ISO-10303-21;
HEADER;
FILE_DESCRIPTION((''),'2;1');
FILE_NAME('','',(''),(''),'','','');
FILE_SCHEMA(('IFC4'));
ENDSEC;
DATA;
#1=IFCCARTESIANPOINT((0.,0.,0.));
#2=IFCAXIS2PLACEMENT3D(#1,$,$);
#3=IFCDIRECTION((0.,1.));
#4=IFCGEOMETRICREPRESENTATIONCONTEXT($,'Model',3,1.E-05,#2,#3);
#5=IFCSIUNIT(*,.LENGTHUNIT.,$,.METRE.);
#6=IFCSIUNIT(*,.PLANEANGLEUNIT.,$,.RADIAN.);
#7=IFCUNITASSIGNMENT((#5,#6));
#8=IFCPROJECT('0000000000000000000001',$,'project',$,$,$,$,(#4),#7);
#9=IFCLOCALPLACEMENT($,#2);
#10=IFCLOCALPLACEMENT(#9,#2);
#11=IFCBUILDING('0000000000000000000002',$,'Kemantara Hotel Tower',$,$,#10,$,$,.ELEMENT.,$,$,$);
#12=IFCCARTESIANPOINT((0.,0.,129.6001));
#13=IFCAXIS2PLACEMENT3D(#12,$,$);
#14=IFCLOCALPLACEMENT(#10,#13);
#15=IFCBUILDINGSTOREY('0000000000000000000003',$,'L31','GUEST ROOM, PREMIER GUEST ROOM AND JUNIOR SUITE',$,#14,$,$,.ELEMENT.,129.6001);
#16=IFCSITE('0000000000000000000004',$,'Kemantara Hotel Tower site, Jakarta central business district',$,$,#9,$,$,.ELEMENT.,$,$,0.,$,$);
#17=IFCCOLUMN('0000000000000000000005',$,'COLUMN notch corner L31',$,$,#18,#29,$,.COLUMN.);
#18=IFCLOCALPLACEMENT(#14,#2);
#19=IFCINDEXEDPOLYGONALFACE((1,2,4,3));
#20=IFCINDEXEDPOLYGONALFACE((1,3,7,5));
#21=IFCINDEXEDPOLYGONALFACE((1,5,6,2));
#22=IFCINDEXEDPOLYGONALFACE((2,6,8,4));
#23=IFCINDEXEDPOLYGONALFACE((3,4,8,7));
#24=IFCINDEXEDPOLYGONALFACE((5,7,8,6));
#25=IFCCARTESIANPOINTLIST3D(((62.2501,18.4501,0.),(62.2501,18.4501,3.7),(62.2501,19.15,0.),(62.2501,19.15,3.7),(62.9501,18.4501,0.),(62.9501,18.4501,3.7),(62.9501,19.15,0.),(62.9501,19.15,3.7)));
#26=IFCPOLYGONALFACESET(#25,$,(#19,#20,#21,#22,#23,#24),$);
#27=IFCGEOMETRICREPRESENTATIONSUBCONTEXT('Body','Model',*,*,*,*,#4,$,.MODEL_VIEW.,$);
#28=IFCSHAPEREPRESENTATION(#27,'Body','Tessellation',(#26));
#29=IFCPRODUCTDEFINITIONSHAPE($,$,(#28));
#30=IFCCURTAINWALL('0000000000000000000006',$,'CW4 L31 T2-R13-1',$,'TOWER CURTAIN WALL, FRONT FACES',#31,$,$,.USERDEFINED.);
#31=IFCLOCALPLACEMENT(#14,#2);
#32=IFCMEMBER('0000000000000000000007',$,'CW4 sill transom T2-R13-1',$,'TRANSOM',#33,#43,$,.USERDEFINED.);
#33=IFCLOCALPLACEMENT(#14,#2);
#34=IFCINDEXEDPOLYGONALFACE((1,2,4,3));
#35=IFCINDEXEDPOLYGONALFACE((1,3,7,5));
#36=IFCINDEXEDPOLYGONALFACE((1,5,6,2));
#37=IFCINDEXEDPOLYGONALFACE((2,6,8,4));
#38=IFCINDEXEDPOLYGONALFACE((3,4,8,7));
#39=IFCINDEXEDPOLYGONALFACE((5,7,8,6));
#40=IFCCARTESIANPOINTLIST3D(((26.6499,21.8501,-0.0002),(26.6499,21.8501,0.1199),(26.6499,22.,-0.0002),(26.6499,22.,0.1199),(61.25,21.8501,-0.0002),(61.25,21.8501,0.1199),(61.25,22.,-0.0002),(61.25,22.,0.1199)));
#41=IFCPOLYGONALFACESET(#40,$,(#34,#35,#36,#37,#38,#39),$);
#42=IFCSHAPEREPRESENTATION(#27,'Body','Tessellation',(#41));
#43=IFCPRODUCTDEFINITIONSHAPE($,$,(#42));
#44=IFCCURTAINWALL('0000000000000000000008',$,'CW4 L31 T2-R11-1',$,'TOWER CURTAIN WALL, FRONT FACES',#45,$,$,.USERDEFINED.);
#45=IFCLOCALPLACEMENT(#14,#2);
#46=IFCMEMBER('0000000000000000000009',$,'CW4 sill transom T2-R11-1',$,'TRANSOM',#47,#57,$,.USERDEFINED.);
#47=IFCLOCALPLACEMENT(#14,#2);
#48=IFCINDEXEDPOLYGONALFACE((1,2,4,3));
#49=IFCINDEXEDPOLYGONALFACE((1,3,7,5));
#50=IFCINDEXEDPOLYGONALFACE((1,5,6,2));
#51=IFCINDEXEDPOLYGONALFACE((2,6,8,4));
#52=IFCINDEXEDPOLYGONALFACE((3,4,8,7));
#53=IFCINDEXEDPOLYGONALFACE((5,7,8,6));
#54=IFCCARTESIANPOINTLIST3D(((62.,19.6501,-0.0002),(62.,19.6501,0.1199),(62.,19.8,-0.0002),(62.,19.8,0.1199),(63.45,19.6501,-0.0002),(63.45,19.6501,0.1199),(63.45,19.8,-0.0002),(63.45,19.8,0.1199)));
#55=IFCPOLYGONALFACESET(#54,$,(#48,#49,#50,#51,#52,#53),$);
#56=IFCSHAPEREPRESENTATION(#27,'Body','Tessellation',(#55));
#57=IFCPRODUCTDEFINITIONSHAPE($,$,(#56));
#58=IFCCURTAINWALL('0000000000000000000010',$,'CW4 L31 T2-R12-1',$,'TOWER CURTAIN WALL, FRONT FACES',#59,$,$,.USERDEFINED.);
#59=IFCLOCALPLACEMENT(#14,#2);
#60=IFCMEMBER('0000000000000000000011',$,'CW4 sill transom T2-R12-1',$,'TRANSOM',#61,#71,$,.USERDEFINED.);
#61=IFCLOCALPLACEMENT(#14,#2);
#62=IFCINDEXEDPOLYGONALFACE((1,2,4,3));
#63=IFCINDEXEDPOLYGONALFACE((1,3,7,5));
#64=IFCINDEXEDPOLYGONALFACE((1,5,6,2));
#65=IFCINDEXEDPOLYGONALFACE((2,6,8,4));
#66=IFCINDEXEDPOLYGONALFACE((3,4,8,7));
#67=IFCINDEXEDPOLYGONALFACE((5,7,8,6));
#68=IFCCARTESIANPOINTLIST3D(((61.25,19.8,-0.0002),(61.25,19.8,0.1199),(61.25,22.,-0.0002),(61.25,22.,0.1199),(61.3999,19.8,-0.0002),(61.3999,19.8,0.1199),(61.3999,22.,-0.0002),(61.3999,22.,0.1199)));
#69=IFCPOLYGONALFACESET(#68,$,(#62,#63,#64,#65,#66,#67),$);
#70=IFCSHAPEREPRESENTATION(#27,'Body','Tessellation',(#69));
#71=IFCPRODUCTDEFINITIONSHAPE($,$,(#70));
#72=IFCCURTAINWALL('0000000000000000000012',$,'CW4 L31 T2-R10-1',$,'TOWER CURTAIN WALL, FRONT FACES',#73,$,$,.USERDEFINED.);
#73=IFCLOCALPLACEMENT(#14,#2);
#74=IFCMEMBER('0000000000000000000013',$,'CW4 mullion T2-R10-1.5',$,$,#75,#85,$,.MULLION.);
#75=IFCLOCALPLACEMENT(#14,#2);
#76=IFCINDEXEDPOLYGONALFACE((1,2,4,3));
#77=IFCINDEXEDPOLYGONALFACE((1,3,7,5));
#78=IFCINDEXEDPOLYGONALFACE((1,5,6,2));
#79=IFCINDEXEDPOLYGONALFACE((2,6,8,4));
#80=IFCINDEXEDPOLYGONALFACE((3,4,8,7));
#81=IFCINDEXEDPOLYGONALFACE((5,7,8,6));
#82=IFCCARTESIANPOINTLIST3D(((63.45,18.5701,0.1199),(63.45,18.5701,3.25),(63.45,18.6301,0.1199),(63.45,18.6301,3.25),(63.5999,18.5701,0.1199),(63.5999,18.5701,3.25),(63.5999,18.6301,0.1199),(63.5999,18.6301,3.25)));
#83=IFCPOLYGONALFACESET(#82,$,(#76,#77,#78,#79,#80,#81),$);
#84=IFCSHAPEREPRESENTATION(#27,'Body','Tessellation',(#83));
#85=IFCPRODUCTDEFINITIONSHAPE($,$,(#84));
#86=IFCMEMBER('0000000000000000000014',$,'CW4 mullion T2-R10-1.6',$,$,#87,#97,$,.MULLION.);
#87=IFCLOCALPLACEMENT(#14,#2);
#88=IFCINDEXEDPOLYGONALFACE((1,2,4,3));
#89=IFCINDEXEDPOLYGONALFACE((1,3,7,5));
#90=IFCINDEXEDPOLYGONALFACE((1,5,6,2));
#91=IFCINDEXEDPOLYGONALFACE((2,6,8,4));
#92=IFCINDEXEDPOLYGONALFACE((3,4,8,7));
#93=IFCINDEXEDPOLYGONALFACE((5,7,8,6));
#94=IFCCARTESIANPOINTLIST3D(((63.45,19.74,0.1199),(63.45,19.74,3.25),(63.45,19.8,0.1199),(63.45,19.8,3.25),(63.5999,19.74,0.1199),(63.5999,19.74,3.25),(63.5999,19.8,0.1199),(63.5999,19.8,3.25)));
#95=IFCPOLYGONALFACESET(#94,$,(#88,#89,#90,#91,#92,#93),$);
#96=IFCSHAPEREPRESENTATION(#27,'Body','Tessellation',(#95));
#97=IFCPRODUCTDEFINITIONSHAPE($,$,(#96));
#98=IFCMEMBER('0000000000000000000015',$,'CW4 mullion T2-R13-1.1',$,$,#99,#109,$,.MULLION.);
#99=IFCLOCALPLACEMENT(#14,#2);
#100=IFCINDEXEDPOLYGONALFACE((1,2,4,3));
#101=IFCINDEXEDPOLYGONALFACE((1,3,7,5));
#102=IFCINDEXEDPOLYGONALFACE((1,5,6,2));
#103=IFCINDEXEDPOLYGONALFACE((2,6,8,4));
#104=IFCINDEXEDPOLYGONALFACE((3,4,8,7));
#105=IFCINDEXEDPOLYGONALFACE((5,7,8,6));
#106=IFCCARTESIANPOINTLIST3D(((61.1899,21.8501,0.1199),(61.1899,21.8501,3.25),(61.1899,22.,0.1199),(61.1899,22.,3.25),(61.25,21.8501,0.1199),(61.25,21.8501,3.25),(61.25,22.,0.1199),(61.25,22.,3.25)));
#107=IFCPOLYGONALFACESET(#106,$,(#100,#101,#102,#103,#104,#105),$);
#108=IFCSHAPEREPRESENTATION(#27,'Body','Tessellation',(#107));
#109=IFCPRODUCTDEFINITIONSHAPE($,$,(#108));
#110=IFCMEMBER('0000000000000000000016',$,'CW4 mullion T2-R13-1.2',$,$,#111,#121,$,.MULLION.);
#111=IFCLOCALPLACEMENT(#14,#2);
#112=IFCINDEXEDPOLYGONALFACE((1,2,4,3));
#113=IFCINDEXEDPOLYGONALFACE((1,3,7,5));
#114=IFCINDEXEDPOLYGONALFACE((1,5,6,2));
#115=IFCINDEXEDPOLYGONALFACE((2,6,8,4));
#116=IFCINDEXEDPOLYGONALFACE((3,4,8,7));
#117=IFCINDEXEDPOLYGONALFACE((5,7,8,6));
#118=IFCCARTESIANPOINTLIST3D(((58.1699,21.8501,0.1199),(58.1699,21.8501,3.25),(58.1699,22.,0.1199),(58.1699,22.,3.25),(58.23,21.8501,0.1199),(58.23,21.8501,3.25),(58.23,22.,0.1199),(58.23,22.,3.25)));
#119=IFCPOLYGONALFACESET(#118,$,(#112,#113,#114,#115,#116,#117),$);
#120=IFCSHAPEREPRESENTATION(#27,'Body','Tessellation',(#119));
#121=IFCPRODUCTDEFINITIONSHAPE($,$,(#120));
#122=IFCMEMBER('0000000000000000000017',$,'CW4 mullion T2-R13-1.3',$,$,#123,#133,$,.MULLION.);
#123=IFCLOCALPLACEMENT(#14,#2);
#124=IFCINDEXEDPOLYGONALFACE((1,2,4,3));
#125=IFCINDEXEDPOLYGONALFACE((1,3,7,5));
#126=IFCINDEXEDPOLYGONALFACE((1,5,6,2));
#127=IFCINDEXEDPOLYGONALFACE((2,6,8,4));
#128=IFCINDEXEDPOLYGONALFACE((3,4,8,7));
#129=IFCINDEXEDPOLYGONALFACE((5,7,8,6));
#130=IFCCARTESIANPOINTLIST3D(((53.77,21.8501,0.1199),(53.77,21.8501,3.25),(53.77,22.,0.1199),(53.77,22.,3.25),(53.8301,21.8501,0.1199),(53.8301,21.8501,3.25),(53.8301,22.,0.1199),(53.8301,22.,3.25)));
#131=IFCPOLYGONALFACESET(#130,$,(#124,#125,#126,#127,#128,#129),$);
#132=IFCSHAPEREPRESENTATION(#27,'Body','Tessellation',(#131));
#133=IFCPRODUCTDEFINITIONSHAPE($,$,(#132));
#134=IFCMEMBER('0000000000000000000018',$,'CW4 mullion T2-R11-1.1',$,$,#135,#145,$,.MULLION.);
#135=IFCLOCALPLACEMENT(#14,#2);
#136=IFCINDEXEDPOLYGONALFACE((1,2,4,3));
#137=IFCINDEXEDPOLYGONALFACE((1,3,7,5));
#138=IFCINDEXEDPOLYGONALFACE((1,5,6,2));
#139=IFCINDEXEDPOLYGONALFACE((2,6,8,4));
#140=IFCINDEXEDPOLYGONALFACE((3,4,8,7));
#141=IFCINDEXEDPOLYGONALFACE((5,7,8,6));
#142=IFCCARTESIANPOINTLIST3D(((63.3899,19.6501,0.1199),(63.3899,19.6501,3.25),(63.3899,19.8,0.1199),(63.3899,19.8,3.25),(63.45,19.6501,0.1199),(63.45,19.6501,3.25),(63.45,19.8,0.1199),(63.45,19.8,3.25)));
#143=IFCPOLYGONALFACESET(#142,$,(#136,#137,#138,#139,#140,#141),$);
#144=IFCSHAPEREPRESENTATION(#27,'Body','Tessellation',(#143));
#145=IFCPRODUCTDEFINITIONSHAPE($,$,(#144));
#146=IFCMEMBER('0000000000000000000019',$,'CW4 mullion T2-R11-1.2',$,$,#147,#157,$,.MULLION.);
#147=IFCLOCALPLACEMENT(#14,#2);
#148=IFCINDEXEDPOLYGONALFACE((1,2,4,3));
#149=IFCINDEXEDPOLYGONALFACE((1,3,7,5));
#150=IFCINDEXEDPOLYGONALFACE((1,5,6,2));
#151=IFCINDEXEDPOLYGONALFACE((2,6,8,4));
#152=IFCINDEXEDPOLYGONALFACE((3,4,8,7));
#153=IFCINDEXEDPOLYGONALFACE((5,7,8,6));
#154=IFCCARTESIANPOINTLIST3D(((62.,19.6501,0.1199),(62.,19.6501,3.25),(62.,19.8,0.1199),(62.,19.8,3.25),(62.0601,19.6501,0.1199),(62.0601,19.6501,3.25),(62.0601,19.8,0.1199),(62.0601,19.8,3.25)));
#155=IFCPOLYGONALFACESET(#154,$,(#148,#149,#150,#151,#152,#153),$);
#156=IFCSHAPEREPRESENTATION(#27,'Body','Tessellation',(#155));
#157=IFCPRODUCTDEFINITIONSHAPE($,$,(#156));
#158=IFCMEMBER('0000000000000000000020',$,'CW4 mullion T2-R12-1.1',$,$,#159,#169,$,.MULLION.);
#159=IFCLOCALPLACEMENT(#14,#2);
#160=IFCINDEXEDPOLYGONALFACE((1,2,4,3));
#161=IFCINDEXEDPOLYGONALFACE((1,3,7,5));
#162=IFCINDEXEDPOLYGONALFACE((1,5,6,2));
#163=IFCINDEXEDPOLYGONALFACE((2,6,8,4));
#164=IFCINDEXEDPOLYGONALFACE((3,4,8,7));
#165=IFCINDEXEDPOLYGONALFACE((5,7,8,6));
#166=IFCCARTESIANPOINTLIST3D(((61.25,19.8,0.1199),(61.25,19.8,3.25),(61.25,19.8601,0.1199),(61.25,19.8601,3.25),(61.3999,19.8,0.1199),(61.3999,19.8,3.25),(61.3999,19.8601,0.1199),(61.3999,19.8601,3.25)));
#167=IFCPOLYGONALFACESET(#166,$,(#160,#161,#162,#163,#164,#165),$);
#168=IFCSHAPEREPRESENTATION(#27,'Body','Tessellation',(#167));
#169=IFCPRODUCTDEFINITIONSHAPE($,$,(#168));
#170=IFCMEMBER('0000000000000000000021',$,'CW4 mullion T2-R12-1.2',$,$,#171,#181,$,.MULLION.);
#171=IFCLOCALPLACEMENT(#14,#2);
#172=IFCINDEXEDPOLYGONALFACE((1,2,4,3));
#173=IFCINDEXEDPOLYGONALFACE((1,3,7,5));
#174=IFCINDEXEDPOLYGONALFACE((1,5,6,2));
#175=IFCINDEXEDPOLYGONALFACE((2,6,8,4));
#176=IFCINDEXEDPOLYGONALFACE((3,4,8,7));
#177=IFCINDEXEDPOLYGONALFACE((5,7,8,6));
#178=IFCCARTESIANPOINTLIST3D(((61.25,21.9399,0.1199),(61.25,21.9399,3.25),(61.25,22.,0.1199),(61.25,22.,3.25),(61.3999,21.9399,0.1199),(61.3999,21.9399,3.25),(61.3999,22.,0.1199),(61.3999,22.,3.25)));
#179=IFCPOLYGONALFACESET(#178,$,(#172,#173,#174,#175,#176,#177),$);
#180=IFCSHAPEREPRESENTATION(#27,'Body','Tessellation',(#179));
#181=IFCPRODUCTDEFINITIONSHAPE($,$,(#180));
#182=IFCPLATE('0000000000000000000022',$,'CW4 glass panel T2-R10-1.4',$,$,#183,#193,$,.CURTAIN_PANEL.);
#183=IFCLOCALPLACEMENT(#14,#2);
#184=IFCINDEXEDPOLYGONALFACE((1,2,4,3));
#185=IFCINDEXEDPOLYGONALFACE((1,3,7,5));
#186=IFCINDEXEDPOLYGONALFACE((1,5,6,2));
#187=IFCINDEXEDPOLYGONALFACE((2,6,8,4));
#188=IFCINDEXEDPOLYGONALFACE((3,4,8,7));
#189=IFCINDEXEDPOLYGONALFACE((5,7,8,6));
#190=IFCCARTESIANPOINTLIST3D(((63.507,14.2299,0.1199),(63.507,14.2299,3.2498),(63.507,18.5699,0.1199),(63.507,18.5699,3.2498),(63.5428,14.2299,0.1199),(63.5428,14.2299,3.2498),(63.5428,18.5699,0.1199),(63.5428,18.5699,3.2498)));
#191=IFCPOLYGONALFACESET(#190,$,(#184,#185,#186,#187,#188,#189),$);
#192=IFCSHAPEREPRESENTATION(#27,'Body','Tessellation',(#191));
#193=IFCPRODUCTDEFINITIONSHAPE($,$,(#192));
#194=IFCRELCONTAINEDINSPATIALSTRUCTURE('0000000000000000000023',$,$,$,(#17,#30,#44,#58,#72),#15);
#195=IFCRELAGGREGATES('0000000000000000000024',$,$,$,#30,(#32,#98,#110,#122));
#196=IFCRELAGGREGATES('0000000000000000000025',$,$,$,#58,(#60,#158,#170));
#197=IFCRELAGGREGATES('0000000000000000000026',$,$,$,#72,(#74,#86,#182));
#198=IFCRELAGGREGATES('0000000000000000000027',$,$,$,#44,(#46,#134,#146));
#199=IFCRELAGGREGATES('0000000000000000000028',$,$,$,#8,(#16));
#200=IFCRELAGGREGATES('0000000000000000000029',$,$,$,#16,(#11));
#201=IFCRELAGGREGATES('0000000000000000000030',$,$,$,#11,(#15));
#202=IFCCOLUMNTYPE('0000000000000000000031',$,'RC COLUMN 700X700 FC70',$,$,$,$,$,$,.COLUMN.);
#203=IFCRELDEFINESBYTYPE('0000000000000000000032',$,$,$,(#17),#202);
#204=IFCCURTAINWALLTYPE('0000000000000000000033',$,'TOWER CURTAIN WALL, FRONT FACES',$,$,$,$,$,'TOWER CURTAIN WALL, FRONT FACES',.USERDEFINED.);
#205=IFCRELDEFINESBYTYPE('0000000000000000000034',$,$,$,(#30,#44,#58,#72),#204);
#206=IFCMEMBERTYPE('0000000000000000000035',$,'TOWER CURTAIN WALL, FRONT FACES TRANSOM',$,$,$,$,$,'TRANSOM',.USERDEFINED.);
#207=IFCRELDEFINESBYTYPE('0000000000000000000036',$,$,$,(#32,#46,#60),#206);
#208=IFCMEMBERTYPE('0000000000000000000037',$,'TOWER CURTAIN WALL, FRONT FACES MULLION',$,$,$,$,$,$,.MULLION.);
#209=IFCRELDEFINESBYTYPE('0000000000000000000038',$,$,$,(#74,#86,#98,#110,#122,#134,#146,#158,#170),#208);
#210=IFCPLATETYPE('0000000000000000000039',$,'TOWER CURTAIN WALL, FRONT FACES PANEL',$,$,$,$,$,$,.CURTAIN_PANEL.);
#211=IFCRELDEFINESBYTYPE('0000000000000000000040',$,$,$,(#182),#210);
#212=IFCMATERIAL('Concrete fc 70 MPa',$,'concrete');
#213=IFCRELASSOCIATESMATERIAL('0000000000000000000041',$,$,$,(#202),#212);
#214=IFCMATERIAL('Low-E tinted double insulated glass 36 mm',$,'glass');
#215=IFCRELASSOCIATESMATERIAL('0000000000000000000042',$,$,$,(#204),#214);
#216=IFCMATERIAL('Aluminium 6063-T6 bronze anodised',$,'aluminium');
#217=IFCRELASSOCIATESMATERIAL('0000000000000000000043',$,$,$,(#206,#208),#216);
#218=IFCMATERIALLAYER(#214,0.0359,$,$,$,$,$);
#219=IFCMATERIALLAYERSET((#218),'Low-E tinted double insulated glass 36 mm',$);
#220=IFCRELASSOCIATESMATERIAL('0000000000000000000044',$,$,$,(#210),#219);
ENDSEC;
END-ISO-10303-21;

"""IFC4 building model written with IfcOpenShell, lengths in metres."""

from ifc_helpers import new_model, si_unit, direction, frame, origin, origin_2d, place, context, subcontext, project, spatial, rectangle, extrude, source, transform, mapped, material, layer, layer_set, material_profile, profile_set, type_object, element, aggregate, save


model = new_model("IFC4")

# Units and contexts
model_context = context("Model", 3, precision=1e-05, world=origin(), true_north=direction((0.0, 1.0)))
body_context = subcontext(model_context, "Body", "Model", "MODEL_VIEW")
ifc_project = project(units=[si_unit("LENGTHUNIT", "METRE"), si_unit("PLANEANGLEUNIT", "RADIAN")], contexts=[model_context])

# Site, building, storey
site_placement = place(None, origin())
site = spatial("IfcSite", under=ifc_project, at=site_placement, Name="Kemantara Hotel Tower site, Jakarta central business district", CompositionType="ELEMENT", RefElevation=0.0)
building_placement = place(site_placement, origin())
building = spatial("IfcBuilding", under=site, at=building_placement, Name="Kemantara Hotel Tower", CompositionType="ELEMENT")
storey_placement = place(building_placement, frame((0.0, 0.0, 129.6001)))
storey = spatial("IfcBuildingStorey", under=building, at=storey_placement, Name="L31", Description="GUEST ROOM, PREMIER GUEST ROOM AND JUNIOR SUITE", CompositionType="ELEMENT", Elevation=129.6001)

# Column
ifc_material_1 = material(Name="Concrete fc 70 MPa", Category="concrete")
ifc_material_profile_1 = material_profile(ifc_material_1, rectangle(XDim=0.7, YDim=0.7, at=origin_2d()), Name="RC 700X700")
ifc_profile_set_1 = profile_set([ifc_material_profile_1], Name="Concrete fc 70 MPa")
column_type = type_object("IfcColumnType", Name="RC COLUMN 700X700 FC70", PredefinedType="COLUMN", material=ifc_profile_set_1)
column_placement = place(storey_placement, frame((62.6001, 18.8, 0.0), z_axis=(0.0, 0.0, 1.0), x_axis=(1.0, 0.0, 0.0)))
element("IfcColumn", 1, at=column_placement, inside=storey, type_object=column_type, Name="COLUMN notch corner L31", PredefinedType="COLUMN", context=body_context, shape_type="SweptSolid", body=[
    extrude(rectangle(XDim=0.7, YDim=0.7, at=origin_2d()), origin(), (0.0, 0.0, 1.0), 3.7),
])

# Curtain walls, members
ifc_material_2 = material(Name="Low-E tinted double insulated glass 36 mm", Category="glass")
curtain_wall_type = type_object("IfcCurtainWallType", Name="TOWER CURTAIN WALL, FRONT FACES", ElementType="TOWER CURTAIN WALL, FRONT FACES", PredefinedType="USERDEFINED", material=ifc_material_2)
curtain_wall_1_placement = place(storey_placement, origin())
curtain_wall_1 = element("IfcCurtainWall", 2, at=curtain_wall_1_placement, inside=storey, type_object=curtain_wall_type, Name="CW4 L31 T2-R13-1", ObjectType="TOWER CURTAIN WALL, FRONT FACES", PredefinedType="USERDEFINED")
ifc_material_3 = material(Name="Aluminium 6063-T6 bronze anodised", Category="aluminium")
ifc_material_profile_2 = material_profile(ifc_material_3, rectangle(XDim=0.1499, YDim=0.1201, at=origin_2d()), Name="TOWER CURTAIN WALL, FRONT FACES TRANSOM")
ifc_profile_set_2 = profile_set([ifc_material_profile_2], Name="Aluminium 6063-T6 bronze anodised")
member_type_1 = type_object("IfcMemberType", Name="TOWER CURTAIN WALL, FRONT FACES TRANSOM", ElementType="TRANSOM", PredefinedType="USERDEFINED", material=ifc_profile_set_2)
member_1_placement = place(storey_placement, frame((61.25, 21.925, 0.0598), z_axis=(-1.0, 0.0, 0.0), x_axis=(0.0, -1.0, 0.0)))
member_1 = element("IfcMember", 3, at=member_1_placement, type_object=member_type_1, Name="CW4 sill transom T2-R13-1", ObjectType="TRANSOM", PredefinedType="USERDEFINED", context=body_context, shape_type="SweptSolid", body=[
    extrude(rectangle(XDim=0.1499, YDim=0.1201, at=origin_2d()), origin(), (0.0, 0.0, 1.0), 34.6001),
])
curtain_wall_2_placement = place(storey_placement, origin())
curtain_wall_2 = element("IfcCurtainWall", 4, at=curtain_wall_2_placement, inside=storey, type_object=curtain_wall_type, Name="CW4 L31 T2-R11-1", ObjectType="TOWER CURTAIN WALL, FRONT FACES", PredefinedType="USERDEFINED")
member_2_placement = place(storey_placement, frame((63.45, 19.7251, 0.0598), z_axis=(-1.0, 0.0, 0.0), x_axis=(0.0, -1.0, 0.0)))
member_2 = element("IfcMember", 5, at=member_2_placement, type_object=member_type_1, Name="CW4 sill transom T2-R11-1", ObjectType="TRANSOM", PredefinedType="USERDEFINED", context=body_context, shape_type="SweptSolid", body=[
    extrude(rectangle(XDim=0.1499, YDim=0.1201, at=origin_2d()), origin(), (0.0, 0.0, 1.0), 1.45),
])
curtain_wall_3_placement = place(storey_placement, origin())
curtain_wall_3 = element("IfcCurtainWall", 6, at=curtain_wall_3_placement, inside=storey, type_object=curtain_wall_type, Name="CW4 L31 T2-R12-1", ObjectType="TOWER CURTAIN WALL, FRONT FACES", PredefinedType="USERDEFINED")
member_3_placement = place(storey_placement, frame((61.325, 19.8, 0.0598), z_axis=(0.0, 1.0, 0.0), x_axis=(-1.0, 0.0, 0.0)))
member_3 = element("IfcMember", 7, at=member_3_placement, type_object=member_type_1, Name="CW4 sill transom T2-R12-1", ObjectType="TRANSOM", PredefinedType="USERDEFINED", context=body_context, shape_type="SweptSolid", body=[
    extrude(rectangle(XDim=0.1499, YDim=0.1201, at=origin_2d()), origin(), (0.0, 0.0, 1.0), 2.2),
])

# Curtain wall, members
curtain_wall_4_placement = place(storey_placement, origin())
curtain_wall_4 = element("IfcCurtainWall", 8, at=curtain_wall_4_placement, inside=storey, type_object=curtain_wall_type, Name="CW4 L31 T2-R10-1", ObjectType="TOWER CURTAIN WALL, FRONT FACES", PredefinedType="USERDEFINED")
ifc_material_profile_3 = material_profile(ifc_material_3, rectangle(XDim=0.1499, YDim=0.0601, at=origin_2d()), Name="TOWER CURTAIN WALL, FRONT FACES MULLION")
ifc_profile_set_3 = profile_set([ifc_material_profile_3], Name="Aluminium 6063-T6 bronze anodised")
member_type_2 = type_object("IfcMemberType", Name="TOWER CURTAIN WALL, FRONT FACES MULLION", PredefinedType="MULLION", material=ifc_profile_set_3)
shared_shape_1 = source(origin(), body_context, "Body", "SweptSolid", [
    extrude(rectangle(XDim=0.1499, YDim=0.0601, at=origin_2d()), origin(), (0.0, 0.0, 1.0), 3.1301),
])
member_4_placement = place(storey_placement, frame((63.5249, 18.6001, 0.1199), z_axis=(0.0, 0.0, 1.0), x_axis=(-1.0, 0.0, 0.0)))
member_4 = element("IfcMember", 9, at=member_4_placement, type_object=member_type_2, Name="CW4 mullion T2-R10-1.5", PredefinedType="MULLION", context=body_context, shape_type="MappedRepresentation", body=[
    mapped(shared_shape_1, transform((0.0, 0.0, 0.0))),
])
member_5_placement = place(storey_placement, frame((63.5249, 19.77, 0.1199), z_axis=(0.0, 0.0, 1.0), x_axis=(-1.0, 0.0, 0.0)))
member_5 = element("IfcMember", 10, at=member_5_placement, type_object=member_type_2, Name="CW4 mullion T2-R10-1.6", PredefinedType="MULLION", context=body_context, shape_type="MappedRepresentation", body=[
    mapped(shared_shape_1, transform((0.0, 0.0, 0.0))),
])

# Members
member_6_placement = place(storey_placement, frame((61.22, 21.925, 0.1199), z_axis=(0.0, 0.0, 1.0), x_axis=(0.0, -1.0, 0.0)))
member_6 = element("IfcMember", 11, at=member_6_placement, type_object=member_type_2, Name="CW4 mullion T2-R13-1.1", PredefinedType="MULLION", context=body_context, shape_type="MappedRepresentation", body=[
    mapped(shared_shape_1, transform((0.0, 0.0, 0.0))),
])
member_7_placement = place(storey_placement, frame((58.2, 21.925, 0.1199), z_axis=(0.0, 0.0, 1.0), x_axis=(0.0, -1.0, 0.0)))
member_7 = element("IfcMember", 12, at=member_7_placement, type_object=member_type_2, Name="CW4 mullion T2-R13-1.2", PredefinedType="MULLION", context=body_context, shape_type="MappedRepresentation", body=[
    mapped(shared_shape_1, transform((0.0, 0.0, 0.0))),
])
member_8_placement = place(storey_placement, frame((53.8, 21.925, 0.1199), z_axis=(0.0, 0.0, 1.0), x_axis=(0.0, -1.0, 0.0)))
member_8 = element("IfcMember", 13, at=member_8_placement, type_object=member_type_2, Name="CW4 mullion T2-R13-1.3", PredefinedType="MULLION", context=body_context, shape_type="MappedRepresentation", body=[
    mapped(shared_shape_1, transform((0.0, 0.0, 0.0))),
])
member_9_placement = place(storey_placement, frame((63.4199, 19.7251, 0.1199), z_axis=(0.0, 0.0, 1.0), x_axis=(0.0, -1.0, 0.0)))
member_9 = element("IfcMember", 14, at=member_9_placement, type_object=member_type_2, Name="CW4 mullion T2-R11-1.1", PredefinedType="MULLION", context=body_context, shape_type="MappedRepresentation", body=[
    mapped(shared_shape_1, transform((0.0, 0.0, 0.0))),
])
member_10_placement = place(storey_placement, frame((62.03, 19.7251, 0.1199), z_axis=(0.0, 0.0, 1.0), x_axis=(0.0, -1.0, 0.0)))
member_10 = element("IfcMember", 15, at=member_10_placement, type_object=member_type_2, Name="CW4 mullion T2-R11-1.2", PredefinedType="MULLION", context=body_context, shape_type="MappedRepresentation", body=[
    mapped(shared_shape_1, transform((0.0, 0.0, 0.0))),
])
member_11_placement = place(storey_placement, frame((61.325, 19.8301, 0.1199), z_axis=(0.0, 0.0, 1.0), x_axis=(-1.0, 0.0, 0.0)))
member_11 = element("IfcMember", 16, at=member_11_placement, type_object=member_type_2, Name="CW4 mullion T2-R12-1.1", PredefinedType="MULLION", context=body_context, shape_type="MappedRepresentation", body=[
    mapped(shared_shape_1, transform((0.0, 0.0, 0.0))),
])
member_12_placement = place(storey_placement, frame((61.325, 21.97, 0.1199), z_axis=(0.0, 0.0, 1.0), x_axis=(-1.0, 0.0, 0.0)))
member_12 = element("IfcMember", 17, at=member_12_placement, type_object=member_type_2, Name="CW4 mullion T2-R12-1.2", PredefinedType="MULLION", context=body_context, shape_type="MappedRepresentation", body=[
    mapped(shared_shape_1, transform((0.0, 0.0, 0.0))),
])

# Plate
ifc_layer_1 = layer(ifc_material_2, 0.0359)
ifc_layer_set_1 = layer_set([ifc_layer_1], Name="Low-E tinted double insulated glass 36 mm")
plate_type = type_object("IfcPlateType", Name="TOWER CURTAIN WALL, FRONT FACES PANEL", PredefinedType="CURTAIN_PANEL", material=ifc_layer_set_1)
shared_shape_2 = source(origin(), body_context, "Body", "SweptSolid", [
    extrude(rectangle(XDim=4.3401, YDim=0.0359, at=origin_2d()), origin(), (0.0, 0.0, 1.0), 3.1299),
])
plate_1_placement = place(storey_placement, frame((63.5249, 16.3999, 0.1199), z_axis=(0.0, 0.0, 1.0), x_axis=(0.0, 1.0, 0.0)))
plate_1 = element("IfcPlate", 18, at=plate_1_placement, type_object=plate_type, Name="CW4 glass panel T2-R10-1.4", PredefinedType="CURTAIN_PANEL", context=body_context, shape_type="MappedRepresentation", body=[
    mapped(shared_shape_2, transform((0.0, 0.0, 0.0))),
])
aggregate(curtain_wall_1, [member_1, member_6, member_7, member_8])
aggregate(curtain_wall_3, [member_3, member_11, member_12])
aggregate(curtain_wall_4, [member_4, member_5, plate_1])
aggregate(curtain_wall_2, [member_2, member_9, member_10])

save(model, "model.ifc")
